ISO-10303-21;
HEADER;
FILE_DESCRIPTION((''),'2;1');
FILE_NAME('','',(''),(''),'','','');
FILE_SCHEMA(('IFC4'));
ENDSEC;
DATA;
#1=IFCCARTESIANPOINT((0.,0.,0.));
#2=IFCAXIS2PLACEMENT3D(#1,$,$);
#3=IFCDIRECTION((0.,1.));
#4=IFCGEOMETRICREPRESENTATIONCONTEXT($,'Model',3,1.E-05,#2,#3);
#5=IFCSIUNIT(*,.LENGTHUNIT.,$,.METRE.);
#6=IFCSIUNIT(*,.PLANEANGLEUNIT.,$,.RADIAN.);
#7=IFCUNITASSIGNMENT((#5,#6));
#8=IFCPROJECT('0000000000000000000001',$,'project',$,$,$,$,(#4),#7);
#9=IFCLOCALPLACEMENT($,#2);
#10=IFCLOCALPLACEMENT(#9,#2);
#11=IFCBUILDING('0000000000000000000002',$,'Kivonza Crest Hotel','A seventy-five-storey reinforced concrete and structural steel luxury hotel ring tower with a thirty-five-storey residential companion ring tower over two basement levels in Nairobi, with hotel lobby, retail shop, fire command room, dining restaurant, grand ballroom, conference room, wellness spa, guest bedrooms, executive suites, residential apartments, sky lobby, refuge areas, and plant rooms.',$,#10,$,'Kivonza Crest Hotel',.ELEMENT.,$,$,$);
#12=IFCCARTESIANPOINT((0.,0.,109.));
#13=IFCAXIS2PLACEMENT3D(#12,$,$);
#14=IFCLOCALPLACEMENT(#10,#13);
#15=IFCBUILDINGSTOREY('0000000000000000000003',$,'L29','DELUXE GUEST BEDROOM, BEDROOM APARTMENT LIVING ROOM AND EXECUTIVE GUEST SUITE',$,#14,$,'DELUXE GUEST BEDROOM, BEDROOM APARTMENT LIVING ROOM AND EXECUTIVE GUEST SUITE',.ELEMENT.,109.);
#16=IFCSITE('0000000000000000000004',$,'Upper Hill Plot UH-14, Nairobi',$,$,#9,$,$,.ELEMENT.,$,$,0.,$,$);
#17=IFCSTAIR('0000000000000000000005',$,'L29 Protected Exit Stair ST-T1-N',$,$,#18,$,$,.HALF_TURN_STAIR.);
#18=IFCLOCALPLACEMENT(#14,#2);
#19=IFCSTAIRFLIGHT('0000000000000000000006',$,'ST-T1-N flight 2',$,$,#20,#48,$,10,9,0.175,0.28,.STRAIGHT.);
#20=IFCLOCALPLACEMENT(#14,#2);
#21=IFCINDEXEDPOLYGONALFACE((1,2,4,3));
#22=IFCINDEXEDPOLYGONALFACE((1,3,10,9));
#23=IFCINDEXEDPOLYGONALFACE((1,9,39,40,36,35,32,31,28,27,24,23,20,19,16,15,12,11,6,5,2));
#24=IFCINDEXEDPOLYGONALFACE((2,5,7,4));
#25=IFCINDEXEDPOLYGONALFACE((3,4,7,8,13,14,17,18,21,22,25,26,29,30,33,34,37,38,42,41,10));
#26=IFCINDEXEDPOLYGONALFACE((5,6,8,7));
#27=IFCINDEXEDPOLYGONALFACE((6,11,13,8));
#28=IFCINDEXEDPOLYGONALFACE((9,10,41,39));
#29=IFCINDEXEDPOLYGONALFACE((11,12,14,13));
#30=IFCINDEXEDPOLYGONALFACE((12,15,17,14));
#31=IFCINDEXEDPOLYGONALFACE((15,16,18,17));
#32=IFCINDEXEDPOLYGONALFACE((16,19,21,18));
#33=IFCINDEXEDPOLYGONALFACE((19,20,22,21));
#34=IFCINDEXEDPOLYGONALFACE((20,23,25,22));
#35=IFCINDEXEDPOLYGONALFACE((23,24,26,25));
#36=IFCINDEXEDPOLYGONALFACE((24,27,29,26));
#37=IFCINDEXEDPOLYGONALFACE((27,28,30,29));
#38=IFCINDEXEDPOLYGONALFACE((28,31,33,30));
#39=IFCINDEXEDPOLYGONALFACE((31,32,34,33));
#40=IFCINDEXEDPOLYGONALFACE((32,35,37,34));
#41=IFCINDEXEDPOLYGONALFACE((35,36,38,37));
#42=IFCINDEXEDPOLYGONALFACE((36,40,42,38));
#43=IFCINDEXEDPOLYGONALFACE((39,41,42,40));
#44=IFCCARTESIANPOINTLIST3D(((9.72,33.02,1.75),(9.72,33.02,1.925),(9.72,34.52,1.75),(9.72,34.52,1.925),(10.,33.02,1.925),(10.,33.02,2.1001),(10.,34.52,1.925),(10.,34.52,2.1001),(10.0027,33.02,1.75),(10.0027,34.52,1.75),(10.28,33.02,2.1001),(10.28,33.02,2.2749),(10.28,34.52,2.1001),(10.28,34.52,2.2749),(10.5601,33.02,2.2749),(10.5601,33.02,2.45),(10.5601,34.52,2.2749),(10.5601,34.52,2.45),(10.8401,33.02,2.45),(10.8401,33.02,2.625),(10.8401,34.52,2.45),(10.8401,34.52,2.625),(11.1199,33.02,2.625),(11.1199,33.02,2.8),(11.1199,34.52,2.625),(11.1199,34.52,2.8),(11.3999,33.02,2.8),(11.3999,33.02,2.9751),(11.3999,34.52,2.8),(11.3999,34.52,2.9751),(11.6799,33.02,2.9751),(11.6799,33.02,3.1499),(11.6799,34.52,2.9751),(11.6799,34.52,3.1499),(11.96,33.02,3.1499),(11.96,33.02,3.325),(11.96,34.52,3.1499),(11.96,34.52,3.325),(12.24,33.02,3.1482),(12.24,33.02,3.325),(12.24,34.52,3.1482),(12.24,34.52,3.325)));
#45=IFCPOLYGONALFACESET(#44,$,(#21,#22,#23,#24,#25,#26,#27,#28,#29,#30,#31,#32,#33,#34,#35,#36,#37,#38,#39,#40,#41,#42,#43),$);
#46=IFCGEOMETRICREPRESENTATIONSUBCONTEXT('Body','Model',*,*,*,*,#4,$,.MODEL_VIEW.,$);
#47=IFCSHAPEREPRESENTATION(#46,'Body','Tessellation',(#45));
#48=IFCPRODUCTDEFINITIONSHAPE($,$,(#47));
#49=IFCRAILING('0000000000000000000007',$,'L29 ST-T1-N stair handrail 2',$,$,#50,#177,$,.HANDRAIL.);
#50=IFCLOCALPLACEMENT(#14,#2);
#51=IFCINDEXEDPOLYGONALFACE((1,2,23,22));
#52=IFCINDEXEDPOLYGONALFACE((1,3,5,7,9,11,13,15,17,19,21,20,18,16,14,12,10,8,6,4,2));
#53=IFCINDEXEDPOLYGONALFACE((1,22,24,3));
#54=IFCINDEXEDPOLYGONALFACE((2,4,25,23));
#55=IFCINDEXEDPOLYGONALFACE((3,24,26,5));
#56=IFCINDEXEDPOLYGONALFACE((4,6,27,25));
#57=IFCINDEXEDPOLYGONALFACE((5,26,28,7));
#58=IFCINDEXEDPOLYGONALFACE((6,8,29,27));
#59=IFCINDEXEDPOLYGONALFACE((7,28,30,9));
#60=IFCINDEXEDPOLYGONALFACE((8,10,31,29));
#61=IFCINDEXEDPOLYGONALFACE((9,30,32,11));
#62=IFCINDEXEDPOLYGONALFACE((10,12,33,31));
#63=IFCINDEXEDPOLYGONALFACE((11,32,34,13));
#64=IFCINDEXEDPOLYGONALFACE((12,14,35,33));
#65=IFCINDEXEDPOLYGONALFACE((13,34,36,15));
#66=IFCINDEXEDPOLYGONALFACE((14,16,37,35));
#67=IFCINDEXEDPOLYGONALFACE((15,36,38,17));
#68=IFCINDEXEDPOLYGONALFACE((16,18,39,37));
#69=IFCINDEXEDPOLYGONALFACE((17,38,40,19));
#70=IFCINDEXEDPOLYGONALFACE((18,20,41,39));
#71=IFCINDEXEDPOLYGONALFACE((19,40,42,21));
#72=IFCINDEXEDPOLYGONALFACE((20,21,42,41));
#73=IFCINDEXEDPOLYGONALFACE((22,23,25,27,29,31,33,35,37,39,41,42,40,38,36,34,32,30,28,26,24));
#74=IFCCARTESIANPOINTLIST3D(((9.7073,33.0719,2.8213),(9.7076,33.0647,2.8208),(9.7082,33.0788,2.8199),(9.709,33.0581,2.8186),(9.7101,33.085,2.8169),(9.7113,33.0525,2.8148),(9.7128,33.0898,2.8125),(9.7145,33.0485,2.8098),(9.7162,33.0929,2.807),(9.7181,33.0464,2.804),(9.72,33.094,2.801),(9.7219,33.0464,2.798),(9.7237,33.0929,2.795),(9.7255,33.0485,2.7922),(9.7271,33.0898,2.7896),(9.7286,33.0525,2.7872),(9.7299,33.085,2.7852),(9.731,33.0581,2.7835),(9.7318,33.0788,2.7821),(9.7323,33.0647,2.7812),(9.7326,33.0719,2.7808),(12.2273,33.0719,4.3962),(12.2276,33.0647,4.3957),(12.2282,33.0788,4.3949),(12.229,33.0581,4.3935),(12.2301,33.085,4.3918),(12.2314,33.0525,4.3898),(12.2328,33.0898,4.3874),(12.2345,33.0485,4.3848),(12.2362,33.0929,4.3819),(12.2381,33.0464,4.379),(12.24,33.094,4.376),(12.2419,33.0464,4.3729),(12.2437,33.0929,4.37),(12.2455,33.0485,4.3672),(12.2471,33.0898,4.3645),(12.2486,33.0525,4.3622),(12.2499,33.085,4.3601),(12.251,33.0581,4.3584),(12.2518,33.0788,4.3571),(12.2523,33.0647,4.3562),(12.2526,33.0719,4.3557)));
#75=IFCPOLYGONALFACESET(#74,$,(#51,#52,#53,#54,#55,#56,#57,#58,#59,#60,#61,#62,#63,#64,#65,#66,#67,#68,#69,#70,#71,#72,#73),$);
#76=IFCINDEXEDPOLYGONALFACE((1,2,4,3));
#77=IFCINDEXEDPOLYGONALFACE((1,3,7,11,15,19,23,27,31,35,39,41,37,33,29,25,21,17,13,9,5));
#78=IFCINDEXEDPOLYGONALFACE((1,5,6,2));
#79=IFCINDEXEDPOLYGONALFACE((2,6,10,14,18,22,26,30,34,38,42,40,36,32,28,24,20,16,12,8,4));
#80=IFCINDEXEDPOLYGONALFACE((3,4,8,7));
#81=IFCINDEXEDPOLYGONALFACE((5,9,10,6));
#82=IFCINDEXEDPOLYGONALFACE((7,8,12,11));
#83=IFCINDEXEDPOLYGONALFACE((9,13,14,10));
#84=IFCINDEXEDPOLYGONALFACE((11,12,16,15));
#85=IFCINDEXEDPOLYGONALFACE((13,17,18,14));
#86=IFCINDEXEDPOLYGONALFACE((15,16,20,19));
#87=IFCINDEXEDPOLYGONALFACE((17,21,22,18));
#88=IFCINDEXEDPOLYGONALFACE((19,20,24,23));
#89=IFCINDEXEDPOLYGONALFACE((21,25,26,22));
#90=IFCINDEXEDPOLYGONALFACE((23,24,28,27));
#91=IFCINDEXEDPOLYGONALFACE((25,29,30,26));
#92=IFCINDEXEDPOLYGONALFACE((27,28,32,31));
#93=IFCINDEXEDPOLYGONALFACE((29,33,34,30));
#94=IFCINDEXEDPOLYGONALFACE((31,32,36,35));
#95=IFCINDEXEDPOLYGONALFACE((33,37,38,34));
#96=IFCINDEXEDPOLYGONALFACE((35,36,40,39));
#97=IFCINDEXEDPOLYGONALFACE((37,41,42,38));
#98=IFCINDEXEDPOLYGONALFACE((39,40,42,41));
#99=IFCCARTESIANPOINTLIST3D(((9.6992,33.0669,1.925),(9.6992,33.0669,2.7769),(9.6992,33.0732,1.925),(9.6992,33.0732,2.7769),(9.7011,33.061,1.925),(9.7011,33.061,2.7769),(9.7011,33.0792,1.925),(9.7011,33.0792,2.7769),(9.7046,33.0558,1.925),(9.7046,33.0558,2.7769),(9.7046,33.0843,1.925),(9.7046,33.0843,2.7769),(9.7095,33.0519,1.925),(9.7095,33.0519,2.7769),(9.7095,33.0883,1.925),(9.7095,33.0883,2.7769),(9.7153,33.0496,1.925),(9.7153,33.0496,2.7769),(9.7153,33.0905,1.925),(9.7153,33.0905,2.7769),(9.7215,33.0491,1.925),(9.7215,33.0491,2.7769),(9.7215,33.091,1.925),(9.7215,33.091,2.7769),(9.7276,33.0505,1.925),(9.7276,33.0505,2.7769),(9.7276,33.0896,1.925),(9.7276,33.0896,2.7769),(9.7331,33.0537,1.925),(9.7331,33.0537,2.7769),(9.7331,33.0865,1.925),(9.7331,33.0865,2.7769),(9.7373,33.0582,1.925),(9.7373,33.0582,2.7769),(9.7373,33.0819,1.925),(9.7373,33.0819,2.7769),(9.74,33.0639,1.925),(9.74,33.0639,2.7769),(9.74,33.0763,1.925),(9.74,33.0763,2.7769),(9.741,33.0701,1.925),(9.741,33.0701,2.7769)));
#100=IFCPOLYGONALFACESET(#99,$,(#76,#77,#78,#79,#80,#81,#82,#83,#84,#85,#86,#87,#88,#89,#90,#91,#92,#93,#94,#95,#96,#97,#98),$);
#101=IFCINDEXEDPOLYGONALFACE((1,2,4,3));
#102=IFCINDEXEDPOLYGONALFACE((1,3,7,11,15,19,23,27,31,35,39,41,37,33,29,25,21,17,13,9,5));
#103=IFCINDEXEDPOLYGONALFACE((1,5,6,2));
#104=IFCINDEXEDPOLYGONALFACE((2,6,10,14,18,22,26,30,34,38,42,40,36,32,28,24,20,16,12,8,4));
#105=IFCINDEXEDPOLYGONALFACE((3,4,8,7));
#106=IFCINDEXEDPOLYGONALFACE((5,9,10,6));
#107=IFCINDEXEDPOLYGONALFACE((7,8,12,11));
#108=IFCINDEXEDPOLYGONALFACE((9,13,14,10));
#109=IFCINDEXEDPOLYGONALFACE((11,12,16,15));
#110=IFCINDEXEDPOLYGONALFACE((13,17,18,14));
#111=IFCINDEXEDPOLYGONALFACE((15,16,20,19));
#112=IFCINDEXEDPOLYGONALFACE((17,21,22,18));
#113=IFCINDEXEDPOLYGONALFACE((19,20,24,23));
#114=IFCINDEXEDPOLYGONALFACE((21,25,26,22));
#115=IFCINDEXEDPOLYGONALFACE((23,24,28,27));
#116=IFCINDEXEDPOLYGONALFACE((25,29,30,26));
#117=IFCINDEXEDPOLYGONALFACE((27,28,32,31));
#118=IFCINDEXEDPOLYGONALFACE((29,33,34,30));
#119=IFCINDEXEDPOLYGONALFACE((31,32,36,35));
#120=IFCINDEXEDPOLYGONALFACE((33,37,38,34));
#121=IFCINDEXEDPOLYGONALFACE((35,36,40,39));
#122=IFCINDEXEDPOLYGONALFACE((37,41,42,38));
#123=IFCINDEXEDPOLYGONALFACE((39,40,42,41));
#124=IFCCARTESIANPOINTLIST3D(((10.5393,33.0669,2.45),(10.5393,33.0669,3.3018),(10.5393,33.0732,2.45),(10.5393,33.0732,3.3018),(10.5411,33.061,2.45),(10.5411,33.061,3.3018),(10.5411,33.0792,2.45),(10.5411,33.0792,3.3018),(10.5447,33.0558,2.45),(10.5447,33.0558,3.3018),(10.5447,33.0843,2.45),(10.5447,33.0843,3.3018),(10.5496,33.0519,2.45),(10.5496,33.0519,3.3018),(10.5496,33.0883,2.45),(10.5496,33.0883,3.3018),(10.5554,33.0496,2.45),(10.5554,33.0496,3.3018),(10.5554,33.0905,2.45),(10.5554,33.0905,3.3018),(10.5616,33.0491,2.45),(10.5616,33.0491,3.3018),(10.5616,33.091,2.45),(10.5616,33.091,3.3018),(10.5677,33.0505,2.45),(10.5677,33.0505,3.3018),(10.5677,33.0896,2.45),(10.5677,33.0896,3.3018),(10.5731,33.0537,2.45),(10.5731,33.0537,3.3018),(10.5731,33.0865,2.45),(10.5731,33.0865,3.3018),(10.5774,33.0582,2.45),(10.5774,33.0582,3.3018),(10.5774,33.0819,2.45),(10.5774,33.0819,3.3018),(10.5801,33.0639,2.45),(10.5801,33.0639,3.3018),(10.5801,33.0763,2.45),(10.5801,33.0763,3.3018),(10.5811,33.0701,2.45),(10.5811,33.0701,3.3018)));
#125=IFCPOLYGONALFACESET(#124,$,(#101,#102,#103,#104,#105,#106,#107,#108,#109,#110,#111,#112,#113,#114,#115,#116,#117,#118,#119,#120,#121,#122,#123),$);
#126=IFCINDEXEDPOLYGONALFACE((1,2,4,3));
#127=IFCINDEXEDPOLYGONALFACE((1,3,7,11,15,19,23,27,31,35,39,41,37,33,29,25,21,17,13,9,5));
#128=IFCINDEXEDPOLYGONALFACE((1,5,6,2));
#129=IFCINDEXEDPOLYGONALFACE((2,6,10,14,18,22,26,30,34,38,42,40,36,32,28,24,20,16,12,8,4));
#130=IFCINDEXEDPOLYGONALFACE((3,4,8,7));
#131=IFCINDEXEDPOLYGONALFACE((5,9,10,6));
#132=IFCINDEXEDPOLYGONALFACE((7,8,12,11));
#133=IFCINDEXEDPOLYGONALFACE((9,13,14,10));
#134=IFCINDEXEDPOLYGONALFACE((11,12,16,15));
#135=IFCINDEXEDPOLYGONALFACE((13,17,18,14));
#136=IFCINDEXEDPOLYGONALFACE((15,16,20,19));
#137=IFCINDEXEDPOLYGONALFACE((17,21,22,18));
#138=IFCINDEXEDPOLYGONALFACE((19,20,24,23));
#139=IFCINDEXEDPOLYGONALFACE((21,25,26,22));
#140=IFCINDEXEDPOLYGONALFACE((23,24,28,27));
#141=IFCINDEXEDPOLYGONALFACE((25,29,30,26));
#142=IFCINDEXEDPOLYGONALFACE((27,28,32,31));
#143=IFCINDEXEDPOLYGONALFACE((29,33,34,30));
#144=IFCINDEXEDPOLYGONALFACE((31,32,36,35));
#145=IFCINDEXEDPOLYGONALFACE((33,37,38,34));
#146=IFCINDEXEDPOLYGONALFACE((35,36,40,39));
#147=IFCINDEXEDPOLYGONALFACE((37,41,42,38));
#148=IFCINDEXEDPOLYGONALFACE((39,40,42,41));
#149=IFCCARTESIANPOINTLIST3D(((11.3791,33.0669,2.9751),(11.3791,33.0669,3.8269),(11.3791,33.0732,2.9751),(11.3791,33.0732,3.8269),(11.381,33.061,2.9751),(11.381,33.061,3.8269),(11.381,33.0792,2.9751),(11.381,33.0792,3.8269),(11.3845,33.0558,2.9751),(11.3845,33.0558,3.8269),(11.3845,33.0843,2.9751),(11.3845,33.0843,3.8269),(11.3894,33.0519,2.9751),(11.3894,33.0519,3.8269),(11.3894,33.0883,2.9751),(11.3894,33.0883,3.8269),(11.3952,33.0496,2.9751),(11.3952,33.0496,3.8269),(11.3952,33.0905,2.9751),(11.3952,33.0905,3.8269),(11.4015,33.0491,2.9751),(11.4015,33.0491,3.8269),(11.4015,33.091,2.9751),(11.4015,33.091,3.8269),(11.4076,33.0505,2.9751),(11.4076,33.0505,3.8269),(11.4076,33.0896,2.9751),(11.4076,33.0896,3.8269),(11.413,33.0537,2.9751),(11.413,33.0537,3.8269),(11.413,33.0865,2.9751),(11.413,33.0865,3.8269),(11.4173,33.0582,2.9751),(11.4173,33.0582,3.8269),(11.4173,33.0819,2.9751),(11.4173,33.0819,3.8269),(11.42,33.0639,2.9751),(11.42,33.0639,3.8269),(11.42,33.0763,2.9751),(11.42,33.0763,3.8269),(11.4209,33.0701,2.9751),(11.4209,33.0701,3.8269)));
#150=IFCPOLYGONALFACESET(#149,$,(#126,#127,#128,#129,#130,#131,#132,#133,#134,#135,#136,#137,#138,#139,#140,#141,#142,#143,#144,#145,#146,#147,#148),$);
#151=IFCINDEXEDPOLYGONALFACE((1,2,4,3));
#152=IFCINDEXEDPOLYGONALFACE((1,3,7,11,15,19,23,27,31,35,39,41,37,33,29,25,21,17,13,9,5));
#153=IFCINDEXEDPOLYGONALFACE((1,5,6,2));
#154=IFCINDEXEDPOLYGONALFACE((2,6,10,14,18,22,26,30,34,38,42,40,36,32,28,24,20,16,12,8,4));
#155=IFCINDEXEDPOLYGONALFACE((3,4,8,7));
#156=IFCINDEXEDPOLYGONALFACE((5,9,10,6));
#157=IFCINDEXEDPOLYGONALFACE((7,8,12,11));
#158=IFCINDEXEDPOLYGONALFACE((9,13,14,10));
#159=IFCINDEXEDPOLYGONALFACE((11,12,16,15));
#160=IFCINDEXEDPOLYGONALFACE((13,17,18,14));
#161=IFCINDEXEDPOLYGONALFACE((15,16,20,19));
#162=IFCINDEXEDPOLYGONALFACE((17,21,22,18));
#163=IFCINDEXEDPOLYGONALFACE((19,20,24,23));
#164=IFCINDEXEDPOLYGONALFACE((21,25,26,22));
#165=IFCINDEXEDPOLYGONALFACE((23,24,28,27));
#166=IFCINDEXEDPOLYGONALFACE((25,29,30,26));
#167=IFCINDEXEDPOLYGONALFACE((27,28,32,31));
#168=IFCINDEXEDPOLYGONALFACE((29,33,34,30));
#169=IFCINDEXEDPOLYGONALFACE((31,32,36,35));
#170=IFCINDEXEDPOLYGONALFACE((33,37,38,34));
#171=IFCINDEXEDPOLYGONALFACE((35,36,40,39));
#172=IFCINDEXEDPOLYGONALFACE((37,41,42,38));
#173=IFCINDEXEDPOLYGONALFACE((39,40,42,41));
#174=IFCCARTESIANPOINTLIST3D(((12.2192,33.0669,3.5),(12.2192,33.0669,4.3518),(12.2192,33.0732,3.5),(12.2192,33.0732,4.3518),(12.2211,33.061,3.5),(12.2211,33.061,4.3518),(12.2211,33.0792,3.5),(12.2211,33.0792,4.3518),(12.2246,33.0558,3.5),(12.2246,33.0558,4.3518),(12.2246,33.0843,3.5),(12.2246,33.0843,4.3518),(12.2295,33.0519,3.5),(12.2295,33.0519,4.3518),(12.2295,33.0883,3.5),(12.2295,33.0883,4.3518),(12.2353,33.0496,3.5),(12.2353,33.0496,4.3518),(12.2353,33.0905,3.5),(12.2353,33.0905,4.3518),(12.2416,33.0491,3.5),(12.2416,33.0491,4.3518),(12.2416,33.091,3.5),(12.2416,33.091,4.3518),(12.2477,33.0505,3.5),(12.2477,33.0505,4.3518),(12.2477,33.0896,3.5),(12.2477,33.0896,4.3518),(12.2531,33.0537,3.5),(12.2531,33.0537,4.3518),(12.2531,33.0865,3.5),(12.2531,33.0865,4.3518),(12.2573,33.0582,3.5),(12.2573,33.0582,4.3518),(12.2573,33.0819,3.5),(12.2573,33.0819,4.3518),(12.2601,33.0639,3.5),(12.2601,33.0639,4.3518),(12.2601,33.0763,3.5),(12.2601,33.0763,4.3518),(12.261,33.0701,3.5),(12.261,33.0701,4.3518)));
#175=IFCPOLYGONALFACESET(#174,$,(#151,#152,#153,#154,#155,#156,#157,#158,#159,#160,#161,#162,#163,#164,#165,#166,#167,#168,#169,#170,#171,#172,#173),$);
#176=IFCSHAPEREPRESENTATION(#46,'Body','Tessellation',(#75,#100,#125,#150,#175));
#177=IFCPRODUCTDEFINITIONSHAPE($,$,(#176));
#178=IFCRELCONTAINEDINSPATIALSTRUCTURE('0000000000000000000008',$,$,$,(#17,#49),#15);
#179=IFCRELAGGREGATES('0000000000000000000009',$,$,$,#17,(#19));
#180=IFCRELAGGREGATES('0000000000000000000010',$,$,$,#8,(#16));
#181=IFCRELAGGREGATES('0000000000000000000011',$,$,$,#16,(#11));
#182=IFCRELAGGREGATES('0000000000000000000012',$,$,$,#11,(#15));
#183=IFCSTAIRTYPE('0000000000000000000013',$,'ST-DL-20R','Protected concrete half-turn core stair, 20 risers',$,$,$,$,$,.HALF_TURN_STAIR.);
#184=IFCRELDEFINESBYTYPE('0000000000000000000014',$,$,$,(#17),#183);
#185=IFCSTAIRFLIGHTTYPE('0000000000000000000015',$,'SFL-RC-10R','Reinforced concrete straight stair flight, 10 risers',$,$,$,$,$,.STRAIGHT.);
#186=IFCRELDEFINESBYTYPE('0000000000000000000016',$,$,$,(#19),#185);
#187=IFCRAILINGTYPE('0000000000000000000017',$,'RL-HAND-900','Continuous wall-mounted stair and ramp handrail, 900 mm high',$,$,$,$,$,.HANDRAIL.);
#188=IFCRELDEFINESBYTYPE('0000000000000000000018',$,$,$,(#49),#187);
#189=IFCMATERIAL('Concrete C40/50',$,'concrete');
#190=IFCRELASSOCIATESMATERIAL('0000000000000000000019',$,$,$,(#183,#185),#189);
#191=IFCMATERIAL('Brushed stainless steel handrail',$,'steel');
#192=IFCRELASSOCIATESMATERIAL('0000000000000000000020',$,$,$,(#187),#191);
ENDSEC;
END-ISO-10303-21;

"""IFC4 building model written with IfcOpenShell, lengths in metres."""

from ifc_helpers import new_model, si_unit, direction, frame, origin, origin_2d, place, context, subcontext, project, spatial, polyline, circle, outline, extrude, material, type_object, element, aggregate, save


model = new_model("IFC4")

# Units and contexts
model_context = context("Model", 3, precision=1e-05, world=origin(), true_north=direction((0.0, 1.0)))
body_context = subcontext(model_context, "Body", "Model", "MODEL_VIEW")
ifc_project = project(units=[si_unit("LENGTHUNIT", "METRE"), si_unit("PLANEANGLEUNIT", "RADIAN")], contexts=[model_context])

# Site, building, storey
site_placement = place(None, origin())
site = spatial("IfcSite", under=ifc_project, at=site_placement, Name="Upper Hill Plot UH-14, Nairobi", CompositionType="ELEMENT", RefElevation=0.0)
building_placement = place(site_placement, origin())
building = spatial("IfcBuilding", under=site, at=building_placement, Name="Kivonza Crest Hotel", Description="A seventy-five-storey reinforced concrete and structural steel luxury hotel ring tower with a thirty-five-storey residential companion ring tower over two basement levels in Nairobi, with hotel lobby, retail shop, fire command room, dining restaurant, grand ballroom, conference room, wellness spa, guest bedrooms, executive suites, residential apartments, sky lobby, refuge areas, and plant rooms.", LongName="Kivonza Crest Hotel", CompositionType="ELEMENT")
storey_placement = place(building_placement, frame((0.0, 0.0, 109.0)))
storey = spatial("IfcBuildingStorey", under=building, at=storey_placement, Name="L29", Description="DELUXE GUEST BEDROOM, BEDROOM APARTMENT LIVING ROOM AND EXECUTIVE GUEST SUITE", LongName="DELUXE GUEST BEDROOM, BEDROOM APARTMENT LIVING ROOM AND EXECUTIVE GUEST SUITE", CompositionType="ELEMENT", Elevation=109.0)

# Stair, stair flight
ifc_material_1 = material(Name="Concrete C40/50", Category="concrete")
stair_type = type_object("IfcStairType", Name="ST-DL-20R", Description="Protected concrete half-turn core stair, 20 risers", PredefinedType="HALF_TURN_STAIR", material=ifc_material_1)
stair_placement = place(storey_placement, origin())
stair = element("IfcStair", 1, at=stair_placement, inside=storey, type_object=stair_type, Name="L29 Protected Exit Stair ST-T1-N", PredefinedType="HALF_TURN_STAIR")
stair_flight_type = type_object("IfcStairFlightType", Name="SFL-RC-10R", Description="Reinforced concrete straight stair flight, 10 risers", PredefinedType="STRAIGHT", material=ifc_material_1)
stair_flight_placement = place(storey_placement, frame((9.72, 33.77, 1.75), z_axis=(0.0, 0.0, 1.0), x_axis=(1.0, 0.0, 0.0)))
stair_flight = element("IfcStairFlight", 2, at=stair_flight_placement, type_object=stair_flight_type, Name="ST-T1-N flight 2", NumberOfRisers=10, NumberOfTreads=9, PredefinedType="STRAIGHT", RiserHeight=0.175, TreadLength=0.28, context=body_context, shape_type="SweptSolid", body=[
    extrude(outline(polyline([(0.0, 0.0), (0.0, 0.175), (0.28, 0.175), (0.28, 0.3501), (0.5601, 0.3501), (0.5601, 0.5249), (0.8401, 0.5249), (0.8401, 0.7), (1.1201, 0.7), (1.1201, 0.875), (1.3999, 0.875), (1.3999, 1.05), (1.6799, 1.05), (1.6799, 1.2251), (1.96, 1.2251), (1.96, 1.3999), (2.24, 1.3999), (2.24, 1.575), (2.52, 1.575), (2.52, 1.75), (2.52, 1.3982), (0.2827, 0.0), (0.0, 0.0)])), frame((0.0, 0.75, 0.0), z_axis=(0.0, -1.0, 0.0), x_axis=(1.0, 0.0, 0.0)), (0.0, 0.0, 1.0), 1.5),
])
aggregate(stair, [stair_flight])

# Railing
ifc_material_2 = material(Name="Brushed stainless steel handrail", Category="steel")
railing_type_1 = type_object("IfcRailingType", Name="RL-HAND-900", Description="Continuous wall-mounted stair and ramp handrail, 900 mm high", PredefinedType="HANDRAIL", material=ifc_material_2)
railing_1_placement = place(storey_placement, frame((9.72, 33.0701, 1.925)))
element("IfcRailing", 3, at=railing_1_placement, inside=storey, type_object=railing_type_1, Name="L29 ST-T1-N stair handrail 2", PredefinedType="HANDRAIL", context=body_context, shape_type="SweptSolid", body=[
    extrude(circle(Radius=0.0239, at=origin_2d()), frame((0.0, 0.0, 0.876), z_axis=(0.848008, 0.0, 0.529984), x_axis=(0.0, 1.0, 0.0)), (0.0, 0.0, 1.0), 2.9717),
    extrude(circle(Radius=0.021, at=origin_2d()), origin(), (0.0, 0.0, 1.0), 0.8518),
    extrude(circle(Radius=0.021, at=origin_2d()), frame((0.8401, 0.0, 0.5249)), (0.0, 0.0, 1.0), 0.8518),
    extrude(circle(Radius=0.021, at=origin_2d()), frame((1.6799, 0.0, 1.05)), (0.0, 0.0, 1.0), 0.8518),
    extrude(circle(Radius=0.021, at=origin_2d()), frame((2.52, 0.0, 1.575)), (0.0, 0.0, 1.0), 0.8518),
])

save(model, "model.ifc")
